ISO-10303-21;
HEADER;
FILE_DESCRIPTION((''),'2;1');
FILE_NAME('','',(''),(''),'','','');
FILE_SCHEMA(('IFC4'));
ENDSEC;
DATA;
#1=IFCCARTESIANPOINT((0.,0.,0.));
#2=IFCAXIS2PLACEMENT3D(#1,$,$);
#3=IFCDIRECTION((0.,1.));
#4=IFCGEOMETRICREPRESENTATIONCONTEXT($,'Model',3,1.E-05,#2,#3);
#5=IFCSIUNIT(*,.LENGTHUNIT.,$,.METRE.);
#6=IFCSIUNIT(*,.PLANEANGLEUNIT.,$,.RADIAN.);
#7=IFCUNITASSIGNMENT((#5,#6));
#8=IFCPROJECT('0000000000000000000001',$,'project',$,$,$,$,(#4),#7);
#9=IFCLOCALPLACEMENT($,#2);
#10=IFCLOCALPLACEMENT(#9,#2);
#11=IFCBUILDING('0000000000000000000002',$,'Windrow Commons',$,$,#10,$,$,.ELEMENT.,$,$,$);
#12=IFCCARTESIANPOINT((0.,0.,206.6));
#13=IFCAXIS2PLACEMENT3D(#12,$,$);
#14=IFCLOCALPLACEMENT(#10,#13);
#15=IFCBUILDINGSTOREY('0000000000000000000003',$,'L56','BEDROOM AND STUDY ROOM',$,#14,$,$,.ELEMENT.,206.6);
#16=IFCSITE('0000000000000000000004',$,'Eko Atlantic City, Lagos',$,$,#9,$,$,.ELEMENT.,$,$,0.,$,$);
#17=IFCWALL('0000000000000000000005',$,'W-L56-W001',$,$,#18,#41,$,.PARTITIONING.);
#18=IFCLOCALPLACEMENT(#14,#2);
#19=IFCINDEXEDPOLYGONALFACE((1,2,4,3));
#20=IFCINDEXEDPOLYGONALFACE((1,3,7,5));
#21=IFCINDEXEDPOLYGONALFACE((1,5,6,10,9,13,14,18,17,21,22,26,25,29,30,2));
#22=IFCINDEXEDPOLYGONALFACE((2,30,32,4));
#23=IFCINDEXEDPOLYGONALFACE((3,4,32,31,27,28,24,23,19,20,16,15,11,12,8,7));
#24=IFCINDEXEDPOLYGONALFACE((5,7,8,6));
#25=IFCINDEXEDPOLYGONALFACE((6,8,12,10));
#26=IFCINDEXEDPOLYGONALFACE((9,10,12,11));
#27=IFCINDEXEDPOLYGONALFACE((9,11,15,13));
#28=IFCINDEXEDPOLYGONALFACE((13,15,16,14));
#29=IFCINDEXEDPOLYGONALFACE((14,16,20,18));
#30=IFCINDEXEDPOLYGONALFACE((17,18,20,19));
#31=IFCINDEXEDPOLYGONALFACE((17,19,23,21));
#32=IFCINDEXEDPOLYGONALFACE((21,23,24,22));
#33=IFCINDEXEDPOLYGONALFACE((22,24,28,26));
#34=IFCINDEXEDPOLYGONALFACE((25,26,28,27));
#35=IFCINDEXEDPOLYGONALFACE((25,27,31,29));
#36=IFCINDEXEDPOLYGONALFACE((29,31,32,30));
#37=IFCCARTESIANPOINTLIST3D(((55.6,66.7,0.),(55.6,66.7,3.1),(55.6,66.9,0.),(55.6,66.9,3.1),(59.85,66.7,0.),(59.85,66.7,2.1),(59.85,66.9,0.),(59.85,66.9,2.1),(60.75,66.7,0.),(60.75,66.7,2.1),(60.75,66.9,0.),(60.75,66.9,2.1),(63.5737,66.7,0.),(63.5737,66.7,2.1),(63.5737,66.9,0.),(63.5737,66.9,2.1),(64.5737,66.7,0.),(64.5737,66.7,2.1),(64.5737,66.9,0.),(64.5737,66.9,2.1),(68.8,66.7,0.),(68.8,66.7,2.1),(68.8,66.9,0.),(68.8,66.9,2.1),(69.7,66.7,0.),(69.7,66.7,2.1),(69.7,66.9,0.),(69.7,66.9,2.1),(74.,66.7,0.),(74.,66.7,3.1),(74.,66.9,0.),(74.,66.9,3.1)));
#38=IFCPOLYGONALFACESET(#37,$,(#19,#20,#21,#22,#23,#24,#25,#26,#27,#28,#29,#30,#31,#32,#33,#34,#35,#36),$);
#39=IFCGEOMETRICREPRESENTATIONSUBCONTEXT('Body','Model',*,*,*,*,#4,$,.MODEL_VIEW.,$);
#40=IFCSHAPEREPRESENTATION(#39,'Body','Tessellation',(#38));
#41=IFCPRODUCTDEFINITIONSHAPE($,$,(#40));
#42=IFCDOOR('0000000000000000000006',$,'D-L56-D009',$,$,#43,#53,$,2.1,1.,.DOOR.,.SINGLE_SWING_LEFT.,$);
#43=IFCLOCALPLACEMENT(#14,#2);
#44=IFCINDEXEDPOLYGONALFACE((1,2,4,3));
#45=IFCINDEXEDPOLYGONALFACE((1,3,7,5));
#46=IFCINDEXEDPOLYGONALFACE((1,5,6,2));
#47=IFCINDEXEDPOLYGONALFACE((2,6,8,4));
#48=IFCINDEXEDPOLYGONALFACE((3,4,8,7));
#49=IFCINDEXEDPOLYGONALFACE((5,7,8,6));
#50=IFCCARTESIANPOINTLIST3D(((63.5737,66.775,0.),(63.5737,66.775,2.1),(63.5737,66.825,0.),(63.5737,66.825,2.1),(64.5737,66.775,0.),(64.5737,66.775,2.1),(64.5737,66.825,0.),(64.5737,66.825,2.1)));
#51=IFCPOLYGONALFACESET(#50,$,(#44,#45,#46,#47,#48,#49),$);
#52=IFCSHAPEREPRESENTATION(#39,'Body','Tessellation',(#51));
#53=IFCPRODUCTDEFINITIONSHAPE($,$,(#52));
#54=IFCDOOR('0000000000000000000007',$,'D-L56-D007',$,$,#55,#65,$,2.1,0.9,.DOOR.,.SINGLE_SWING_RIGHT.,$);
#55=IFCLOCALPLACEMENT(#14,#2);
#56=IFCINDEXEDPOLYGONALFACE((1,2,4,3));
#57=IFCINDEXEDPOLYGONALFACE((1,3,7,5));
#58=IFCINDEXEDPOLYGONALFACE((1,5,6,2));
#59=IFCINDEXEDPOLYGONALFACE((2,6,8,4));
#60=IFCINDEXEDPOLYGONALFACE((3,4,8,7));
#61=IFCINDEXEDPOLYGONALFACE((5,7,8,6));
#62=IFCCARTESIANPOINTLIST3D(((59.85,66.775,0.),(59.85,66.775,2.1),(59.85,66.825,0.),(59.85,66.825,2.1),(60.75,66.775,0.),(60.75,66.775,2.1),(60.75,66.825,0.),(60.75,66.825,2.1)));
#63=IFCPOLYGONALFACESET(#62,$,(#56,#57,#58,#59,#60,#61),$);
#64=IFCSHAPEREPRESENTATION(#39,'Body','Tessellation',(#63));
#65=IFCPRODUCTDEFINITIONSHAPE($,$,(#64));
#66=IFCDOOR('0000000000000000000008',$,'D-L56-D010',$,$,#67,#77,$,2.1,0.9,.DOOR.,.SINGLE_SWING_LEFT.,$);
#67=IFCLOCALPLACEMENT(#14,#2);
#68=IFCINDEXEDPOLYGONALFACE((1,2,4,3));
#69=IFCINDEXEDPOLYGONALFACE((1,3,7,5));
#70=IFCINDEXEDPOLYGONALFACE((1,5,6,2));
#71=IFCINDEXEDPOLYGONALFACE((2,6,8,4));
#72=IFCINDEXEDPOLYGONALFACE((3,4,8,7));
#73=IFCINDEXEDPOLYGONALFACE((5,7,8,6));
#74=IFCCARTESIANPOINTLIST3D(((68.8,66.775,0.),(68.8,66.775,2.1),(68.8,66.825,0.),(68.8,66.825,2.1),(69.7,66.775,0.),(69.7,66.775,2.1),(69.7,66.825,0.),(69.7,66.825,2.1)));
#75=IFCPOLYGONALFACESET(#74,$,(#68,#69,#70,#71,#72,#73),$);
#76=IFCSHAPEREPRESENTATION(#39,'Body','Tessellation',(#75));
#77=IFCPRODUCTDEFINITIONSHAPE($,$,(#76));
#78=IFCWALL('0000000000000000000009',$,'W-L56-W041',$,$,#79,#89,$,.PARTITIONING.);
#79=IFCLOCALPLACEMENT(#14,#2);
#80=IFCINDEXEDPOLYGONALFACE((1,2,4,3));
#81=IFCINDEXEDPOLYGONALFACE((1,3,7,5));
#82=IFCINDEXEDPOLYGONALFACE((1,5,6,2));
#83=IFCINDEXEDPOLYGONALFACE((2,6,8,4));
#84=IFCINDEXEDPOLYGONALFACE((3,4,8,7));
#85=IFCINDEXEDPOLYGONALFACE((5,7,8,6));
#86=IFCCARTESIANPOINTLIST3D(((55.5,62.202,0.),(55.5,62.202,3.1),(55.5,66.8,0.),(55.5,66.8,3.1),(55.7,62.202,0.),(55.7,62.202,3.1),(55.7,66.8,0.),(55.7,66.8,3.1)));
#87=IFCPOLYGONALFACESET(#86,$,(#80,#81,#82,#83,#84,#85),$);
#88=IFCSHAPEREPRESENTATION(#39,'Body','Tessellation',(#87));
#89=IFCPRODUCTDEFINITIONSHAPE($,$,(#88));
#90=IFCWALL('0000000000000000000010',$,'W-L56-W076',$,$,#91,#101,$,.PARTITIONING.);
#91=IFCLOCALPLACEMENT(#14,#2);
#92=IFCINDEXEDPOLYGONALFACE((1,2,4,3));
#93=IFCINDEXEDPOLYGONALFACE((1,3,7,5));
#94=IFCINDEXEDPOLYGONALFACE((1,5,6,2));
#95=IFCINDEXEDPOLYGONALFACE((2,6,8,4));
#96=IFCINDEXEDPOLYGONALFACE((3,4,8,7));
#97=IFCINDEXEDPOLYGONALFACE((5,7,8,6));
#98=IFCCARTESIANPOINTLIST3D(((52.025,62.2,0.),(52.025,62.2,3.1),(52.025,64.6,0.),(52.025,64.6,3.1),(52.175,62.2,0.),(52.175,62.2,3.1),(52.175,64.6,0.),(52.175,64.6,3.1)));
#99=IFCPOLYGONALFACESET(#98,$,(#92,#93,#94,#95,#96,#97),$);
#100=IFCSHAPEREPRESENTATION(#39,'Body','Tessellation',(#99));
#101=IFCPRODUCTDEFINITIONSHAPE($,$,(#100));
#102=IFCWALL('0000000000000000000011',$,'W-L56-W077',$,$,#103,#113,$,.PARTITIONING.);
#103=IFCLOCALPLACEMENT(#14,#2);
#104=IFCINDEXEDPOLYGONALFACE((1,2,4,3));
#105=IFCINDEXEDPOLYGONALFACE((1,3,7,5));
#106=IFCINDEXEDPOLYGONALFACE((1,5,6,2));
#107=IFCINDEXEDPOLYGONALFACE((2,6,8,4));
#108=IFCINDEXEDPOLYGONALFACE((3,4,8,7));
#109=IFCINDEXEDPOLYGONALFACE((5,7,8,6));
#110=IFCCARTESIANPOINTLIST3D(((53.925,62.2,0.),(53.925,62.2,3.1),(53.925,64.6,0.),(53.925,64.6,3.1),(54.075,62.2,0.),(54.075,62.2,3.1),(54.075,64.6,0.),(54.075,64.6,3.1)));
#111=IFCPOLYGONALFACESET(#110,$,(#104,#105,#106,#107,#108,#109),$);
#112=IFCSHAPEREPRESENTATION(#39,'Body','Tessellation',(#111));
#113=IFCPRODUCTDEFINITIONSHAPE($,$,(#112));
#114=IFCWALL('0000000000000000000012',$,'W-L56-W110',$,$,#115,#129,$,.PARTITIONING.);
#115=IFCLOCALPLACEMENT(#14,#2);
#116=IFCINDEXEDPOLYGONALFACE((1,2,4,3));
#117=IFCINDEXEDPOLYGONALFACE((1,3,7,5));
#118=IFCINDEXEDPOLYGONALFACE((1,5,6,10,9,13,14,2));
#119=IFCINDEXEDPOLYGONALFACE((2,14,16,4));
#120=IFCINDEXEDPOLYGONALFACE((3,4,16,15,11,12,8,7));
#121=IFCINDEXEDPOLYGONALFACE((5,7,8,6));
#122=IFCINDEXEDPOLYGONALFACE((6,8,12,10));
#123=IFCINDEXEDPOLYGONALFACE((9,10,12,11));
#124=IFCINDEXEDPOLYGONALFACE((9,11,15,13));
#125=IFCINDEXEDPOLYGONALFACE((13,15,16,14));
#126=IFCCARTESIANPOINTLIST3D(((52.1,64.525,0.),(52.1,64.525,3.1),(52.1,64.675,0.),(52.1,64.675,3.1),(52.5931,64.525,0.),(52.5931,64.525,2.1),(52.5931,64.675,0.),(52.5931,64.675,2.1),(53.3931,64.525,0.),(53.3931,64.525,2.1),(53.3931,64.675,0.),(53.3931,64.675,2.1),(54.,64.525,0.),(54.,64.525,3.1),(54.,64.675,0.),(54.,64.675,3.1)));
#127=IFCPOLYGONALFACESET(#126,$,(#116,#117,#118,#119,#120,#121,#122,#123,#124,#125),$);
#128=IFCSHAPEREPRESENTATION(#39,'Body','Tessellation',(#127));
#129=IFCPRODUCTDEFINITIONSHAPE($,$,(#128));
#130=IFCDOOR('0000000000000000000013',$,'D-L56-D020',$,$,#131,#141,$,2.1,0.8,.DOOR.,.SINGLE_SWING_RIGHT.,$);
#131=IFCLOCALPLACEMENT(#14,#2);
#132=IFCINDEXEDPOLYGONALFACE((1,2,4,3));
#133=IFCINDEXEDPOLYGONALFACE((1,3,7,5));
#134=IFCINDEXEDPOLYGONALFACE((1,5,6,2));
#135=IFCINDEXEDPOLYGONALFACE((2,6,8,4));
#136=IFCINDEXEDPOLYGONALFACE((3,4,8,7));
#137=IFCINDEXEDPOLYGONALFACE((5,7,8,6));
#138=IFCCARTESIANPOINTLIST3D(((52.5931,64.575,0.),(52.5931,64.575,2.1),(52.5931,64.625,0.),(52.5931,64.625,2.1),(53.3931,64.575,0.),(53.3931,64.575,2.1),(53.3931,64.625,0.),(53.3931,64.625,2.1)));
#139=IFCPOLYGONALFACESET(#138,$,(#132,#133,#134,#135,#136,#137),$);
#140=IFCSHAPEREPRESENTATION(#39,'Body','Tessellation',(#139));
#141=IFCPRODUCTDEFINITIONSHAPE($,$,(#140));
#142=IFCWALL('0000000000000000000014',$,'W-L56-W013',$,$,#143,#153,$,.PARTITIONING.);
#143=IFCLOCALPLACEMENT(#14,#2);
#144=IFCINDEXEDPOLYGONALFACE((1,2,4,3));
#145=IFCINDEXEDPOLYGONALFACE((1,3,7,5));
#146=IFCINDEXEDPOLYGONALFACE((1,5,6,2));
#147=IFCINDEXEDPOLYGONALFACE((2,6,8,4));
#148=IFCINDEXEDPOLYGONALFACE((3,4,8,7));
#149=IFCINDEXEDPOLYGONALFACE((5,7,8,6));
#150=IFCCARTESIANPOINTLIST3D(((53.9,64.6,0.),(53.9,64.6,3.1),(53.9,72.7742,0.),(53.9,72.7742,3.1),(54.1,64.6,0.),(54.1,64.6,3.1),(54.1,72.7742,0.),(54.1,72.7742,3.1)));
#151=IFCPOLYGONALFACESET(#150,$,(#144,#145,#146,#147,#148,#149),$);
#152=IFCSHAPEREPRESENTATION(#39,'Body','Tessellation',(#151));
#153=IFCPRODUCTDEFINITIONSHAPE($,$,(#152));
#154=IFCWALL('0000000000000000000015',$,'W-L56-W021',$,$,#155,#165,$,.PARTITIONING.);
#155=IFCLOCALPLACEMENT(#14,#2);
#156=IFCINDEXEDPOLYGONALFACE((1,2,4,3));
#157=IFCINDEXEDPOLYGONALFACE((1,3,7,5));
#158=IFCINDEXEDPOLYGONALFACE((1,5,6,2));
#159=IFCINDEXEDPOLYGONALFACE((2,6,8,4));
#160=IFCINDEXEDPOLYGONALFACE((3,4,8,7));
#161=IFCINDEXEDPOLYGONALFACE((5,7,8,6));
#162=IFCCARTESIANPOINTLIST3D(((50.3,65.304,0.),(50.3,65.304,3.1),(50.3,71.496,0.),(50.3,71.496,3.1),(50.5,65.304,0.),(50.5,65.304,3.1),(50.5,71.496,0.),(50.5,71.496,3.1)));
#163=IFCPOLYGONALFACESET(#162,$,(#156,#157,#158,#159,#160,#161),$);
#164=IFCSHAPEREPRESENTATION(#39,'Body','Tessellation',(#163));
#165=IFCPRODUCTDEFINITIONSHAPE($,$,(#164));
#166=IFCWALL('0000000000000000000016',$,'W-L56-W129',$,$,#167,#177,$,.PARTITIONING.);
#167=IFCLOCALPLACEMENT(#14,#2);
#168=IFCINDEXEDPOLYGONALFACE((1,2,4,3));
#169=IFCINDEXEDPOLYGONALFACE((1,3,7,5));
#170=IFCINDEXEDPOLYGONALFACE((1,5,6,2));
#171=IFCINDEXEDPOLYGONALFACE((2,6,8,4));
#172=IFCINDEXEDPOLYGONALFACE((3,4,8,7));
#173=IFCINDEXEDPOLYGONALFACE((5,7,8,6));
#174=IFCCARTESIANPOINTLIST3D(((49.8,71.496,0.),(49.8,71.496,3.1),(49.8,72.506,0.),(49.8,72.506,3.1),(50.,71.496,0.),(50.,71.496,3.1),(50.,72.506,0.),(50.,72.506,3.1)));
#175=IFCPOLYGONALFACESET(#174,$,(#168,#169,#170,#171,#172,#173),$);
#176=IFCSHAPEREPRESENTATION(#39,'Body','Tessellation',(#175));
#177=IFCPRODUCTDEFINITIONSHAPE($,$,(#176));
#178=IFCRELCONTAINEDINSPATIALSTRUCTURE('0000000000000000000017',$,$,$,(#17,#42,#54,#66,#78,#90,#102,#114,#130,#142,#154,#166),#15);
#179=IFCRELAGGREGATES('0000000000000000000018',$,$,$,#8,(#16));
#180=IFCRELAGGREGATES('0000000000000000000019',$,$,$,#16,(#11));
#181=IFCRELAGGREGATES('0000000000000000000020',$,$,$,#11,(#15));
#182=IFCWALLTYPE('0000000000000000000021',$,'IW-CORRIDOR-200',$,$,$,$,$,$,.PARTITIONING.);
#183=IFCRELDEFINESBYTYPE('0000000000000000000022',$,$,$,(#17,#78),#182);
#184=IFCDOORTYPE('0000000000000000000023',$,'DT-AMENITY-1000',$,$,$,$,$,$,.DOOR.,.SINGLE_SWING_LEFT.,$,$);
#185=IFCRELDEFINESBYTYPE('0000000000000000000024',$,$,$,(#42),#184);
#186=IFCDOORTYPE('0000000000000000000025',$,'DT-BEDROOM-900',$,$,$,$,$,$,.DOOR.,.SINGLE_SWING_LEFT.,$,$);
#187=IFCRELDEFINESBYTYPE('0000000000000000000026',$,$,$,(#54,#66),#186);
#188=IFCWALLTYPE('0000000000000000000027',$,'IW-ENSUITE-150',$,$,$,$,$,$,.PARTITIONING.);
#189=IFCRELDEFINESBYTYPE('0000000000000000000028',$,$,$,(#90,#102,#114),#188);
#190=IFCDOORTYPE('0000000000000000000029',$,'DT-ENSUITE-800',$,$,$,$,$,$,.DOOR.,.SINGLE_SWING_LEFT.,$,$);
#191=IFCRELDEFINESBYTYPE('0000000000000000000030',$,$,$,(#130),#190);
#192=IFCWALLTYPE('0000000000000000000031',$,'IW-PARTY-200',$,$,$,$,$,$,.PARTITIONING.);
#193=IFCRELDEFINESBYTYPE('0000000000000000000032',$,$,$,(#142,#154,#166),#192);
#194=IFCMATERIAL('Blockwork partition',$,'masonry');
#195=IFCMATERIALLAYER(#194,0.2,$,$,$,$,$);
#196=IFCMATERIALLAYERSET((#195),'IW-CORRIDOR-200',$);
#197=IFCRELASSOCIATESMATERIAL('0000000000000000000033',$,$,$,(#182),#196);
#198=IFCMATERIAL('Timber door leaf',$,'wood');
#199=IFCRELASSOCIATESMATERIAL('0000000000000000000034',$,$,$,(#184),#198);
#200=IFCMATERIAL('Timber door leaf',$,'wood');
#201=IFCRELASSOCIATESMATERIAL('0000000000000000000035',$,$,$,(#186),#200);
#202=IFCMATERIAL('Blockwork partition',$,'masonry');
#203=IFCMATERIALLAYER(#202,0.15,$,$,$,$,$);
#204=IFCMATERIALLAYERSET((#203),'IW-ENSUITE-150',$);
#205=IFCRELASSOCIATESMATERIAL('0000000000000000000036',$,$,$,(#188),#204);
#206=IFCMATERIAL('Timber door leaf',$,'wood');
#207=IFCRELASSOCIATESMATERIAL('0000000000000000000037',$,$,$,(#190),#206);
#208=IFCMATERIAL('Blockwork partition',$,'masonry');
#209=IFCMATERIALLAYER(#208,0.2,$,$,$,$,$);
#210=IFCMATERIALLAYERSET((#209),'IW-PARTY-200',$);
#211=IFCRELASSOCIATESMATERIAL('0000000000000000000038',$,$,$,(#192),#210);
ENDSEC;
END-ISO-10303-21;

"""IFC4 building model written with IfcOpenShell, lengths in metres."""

from ifc_helpers import new_model, si_unit, direction, frame, frame_2d, origin, place, context, subcontext, project, spatial, rectangle, extrude, material, layer, layer_set, type_object, element, fill, save


model = new_model("IFC4")

# Units and contexts
model_context = context("Model", 3, precision=1e-05, world=origin(), true_north=direction((0.0, 1.0)))
body_context = subcontext(model_context, "Body", "Model", "MODEL_VIEW")
ifc_project = project(units=[si_unit("LENGTHUNIT", "METRE"), si_unit("PLANEANGLEUNIT", "RADIAN")], contexts=[model_context])

# Site, building, storey
site_placement = place(None, origin())
site = spatial("IfcSite", under=ifc_project, at=site_placement, Name="Eko Atlantic City, Lagos", CompositionType="ELEMENT", RefElevation=0.0)
building_placement = place(site_placement, origin())
building = spatial("IfcBuilding", under=site, at=building_placement, Name="Windrow Commons", CompositionType="ELEMENT")
storey_placement = place(building_placement, frame((0.0, 0.0, 206.6)))
storey = spatial("IfcBuildingStorey", under=building, at=storey_placement, Name="L56", Description="BEDROOM AND STUDY ROOM", CompositionType="ELEMENT", Elevation=206.6)

# Wall, openings, doors
ifc_material_1 = material(Name="Blockwork partition", Category="masonry")
ifc_layer_1 = layer(ifc_material_1, 0.2)
ifc_layer_set_1 = layer_set([ifc_layer_1], Name="IW-CORRIDOR-200")
wall_type_1 = type_object("IfcWallType", Name="IW-CORRIDOR-200", PredefinedType="PARTITIONING", material=ifc_layer_set_1)
wall_1_placement = place(storey_placement, frame((55.6, 66.8, 0.0), z_axis=(0.0, 0.0, 1.0), x_axis=(1.0, 0.0, 0.0)))
wall_1 = element("IfcWall", 1, at=wall_1_placement, inside=storey, type_object=wall_type_1, Name="W-L56-W001", PredefinedType="PARTITIONING", context=body_context, shape_type="SweptSolid", body=[
    extrude(rectangle(XDim=18.4, YDim=0.2, at=frame_2d((9.2, 0.0))), origin(), (0.0, 0.0, 1.0), 3.1),
])
opening_1_placement = place(wall_1_placement, frame((4.25, 0.0, 0.0)))
opening_1 = element("IfcOpeningElement", 2, at=opening_1_placement, cuts=wall_1, PredefinedType="OPENING", context=body_context, shape_type="SweptSolid", body=[
    extrude(rectangle(XDim=0.9, YDim=2.1, at=frame_2d((0.45, 1.05))), frame((0.0, 0.11, 0.0), z_axis=(0.0, -1.0, 0.0), x_axis=(1.0, 0.0, 0.0)), (0.0, 0.0, 1.0), 0.22),
])
opening_2_placement = place(wall_1_placement, frame((7.9737, 0.0, 0.0)))
opening_2 = element("IfcOpeningElement", 3, at=opening_2_placement, cuts=wall_1, PredefinedType="OPENING", context=body_context, shape_type="SweptSolid", body=[
    extrude(rectangle(XDim=1.0, YDim=2.1, at=frame_2d((0.5, 1.05))), frame((0.0, 0.11, 0.0), z_axis=(0.0, -1.0, 0.0), x_axis=(1.0, 0.0, 0.0)), (0.0, 0.0, 1.0), 0.22),
])
opening_3_placement = place(wall_1_placement, frame((13.2, 0.0, 0.0)))
opening_3 = element("IfcOpeningElement", 4, at=opening_3_placement, cuts=wall_1, PredefinedType="OPENING", context=body_context, shape_type="SweptSolid", body=[
    extrude(rectangle(XDim=0.9, YDim=2.1, at=frame_2d((0.45, 1.05))), frame((0.0, 0.11, 0.0), z_axis=(0.0, -1.0, 0.0), x_axis=(1.0, 0.0, 0.0)), (0.0, 0.0, 1.0), 0.22),
])
ifc_material_2 = material(Name="Timber door leaf", Category="wood")
door_type_1 = type_object("IfcDoorType", Name="DT-AMENITY-1000", OperationType="SINGLE_SWING_LEFT", PredefinedType="DOOR", material=ifc_material_2)
door_1_placement = place(opening_2_placement, origin())
door_1 = element("IfcDoor", 5, at=door_1_placement, inside=storey, type_object=door_type_1, Name="D-L56-D009", OperationType="SINGLE_SWING_LEFT", OverallHeight=2.1, OverallWidth=1.0, PredefinedType="DOOR", context=body_context, shape_type="SweptSolid", body=[
    extrude(rectangle(XDim=1.0, YDim=2.1, at=frame_2d((0.5, 1.05))), frame((0.0, 0.025, 0.0), z_axis=(0.0, -1.0, 0.0), x_axis=(1.0, 0.0, 0.0)), (0.0, 0.0, 1.0), 0.05),
])
fill(opening_2, door_1)
ifc_material_3 = material(Name="Timber door leaf", Category="wood")
door_type_2 = type_object("IfcDoorType", Name="DT-BEDROOM-900", OperationType="SINGLE_SWING_LEFT", PredefinedType="DOOR", material=ifc_material_3)
door_2_placement = place(opening_1_placement, origin())
door_2 = element("IfcDoor", 6, at=door_2_placement, inside=storey, type_object=door_type_2, Name="D-L56-D007", OperationType="SINGLE_SWING_RIGHT", OverallHeight=2.1, OverallWidth=0.9, PredefinedType="DOOR", context=body_context, shape_type="SweptSolid", body=[
    extrude(rectangle(XDim=0.9, YDim=2.1, at=frame_2d((0.45, 1.05))), frame((0.0, 0.025, 0.0), z_axis=(0.0, -1.0, 0.0), x_axis=(1.0, 0.0, 0.0)), (0.0, 0.0, 1.0), 0.05),
])
fill(opening_1, door_2)
door_3_placement = place(opening_3_placement, origin())
door_3 = element("IfcDoor", 7, at=door_3_placement, inside=storey, type_object=door_type_2, Name="D-L56-D010", OperationType="SINGLE_SWING_LEFT", OverallHeight=2.1, OverallWidth=0.9, PredefinedType="DOOR", context=body_context, shape_type="SweptSolid", body=[
    extrude(rectangle(XDim=0.9, YDim=2.1, at=frame_2d((0.45, 1.05))), frame((0.0, 0.025, 0.0), z_axis=(0.0, -1.0, 0.0), x_axis=(1.0, 0.0, 0.0)), (0.0, 0.0, 1.0), 0.05),
])
fill(opening_3, door_3)

# Walls
wall_2_placement = place(storey_placement, frame((55.6, 62.202, 0.0), z_axis=(0.0, 0.0, 1.0), x_axis=(0.0, 1.0, 0.0)))
element("IfcWall", 8, at=wall_2_placement, inside=storey, type_object=wall_type_1, Name="W-L56-W041", PredefinedType="PARTITIONING", context=body_context, shape_type="SweptSolid", body=[
    extrude(rectangle(XDim=4.598, YDim=0.2, at=frame_2d((2.299, 0.0))), origin(), (0.0, 0.0, 1.0), 3.1),
])
ifc_material_4 = material(Name="Blockwork partition", Category="masonry")
ifc_layer_2 = layer(ifc_material_4, 0.15)
ifc_layer_set_2 = layer_set([ifc_layer_2], Name="IW-ENSUITE-150")
wall_type_2 = type_object("IfcWallType", Name="IW-ENSUITE-150", PredefinedType="PARTITIONING", material=ifc_layer_set_2)
for number, where, z_axis, x_axis, name in (
    (9, (52.1, 62.2, 0.0), (0.0, 0.0, 1.0), (0.0, 1.0, 0.0), "W-L56-W076"),
    (10, (54.0, 62.2, 0.0), (0.0, 0.0, 1.0), (0.0, 1.0, 0.0), "W-L56-W077"),
):
    element("IfcWall", number, at=place(storey_placement, frame(where, z_axis=z_axis, x_axis=x_axis)), inside=storey, type_object=wall_type_2, Name=name, PredefinedType="PARTITIONING", context=body_context, shape_type="SweptSolid", body=[
        extrude(rectangle(XDim=2.4, YDim=0.15, at=frame_2d((1.2, 0.0))), origin(), (0.0, 0.0, 1.0), 3.1),
    ])

# Wall, opening, door
wall_3_placement = place(storey_placement, frame((52.1, 64.6, 0.0), z_axis=(0.0, 0.0, 1.0), x_axis=(1.0, 0.0, 0.0)))
wall_3 = element("IfcWall", 11, at=wall_3_placement, inside=storey, type_object=wall_type_2, Name="W-L56-W110", PredefinedType="PARTITIONING", context=body_context, shape_type="SweptSolid", body=[
    extrude(rectangle(XDim=1.9, YDim=0.15, at=frame_2d((0.95, 0.0))), origin(), (0.0, 0.0, 1.0), 3.1),
])
opening_4_placement = place(wall_3_placement, frame((0.4931, 0.0, 0.0)))
opening_4 = element("IfcOpeningElement", 12, at=opening_4_placement, cuts=wall_3, PredefinedType="OPENING", context=body_context, shape_type="SweptSolid", body=[
    extrude(rectangle(XDim=0.8, YDim=2.1, at=frame_2d((0.4, 1.05))), frame((0.0, 0.085, 0.0), z_axis=(0.0, -1.0, 0.0), x_axis=(1.0, 0.0, 0.0)), (0.0, 0.0, 1.0), 0.17),
])
ifc_material_5 = material(Name="Timber door leaf", Category="wood")
door_type_3 = type_object("IfcDoorType", Name="DT-ENSUITE-800", OperationType="SINGLE_SWING_LEFT", PredefinedType="DOOR", material=ifc_material_5)
door_4_placement = place(opening_4_placement, origin())
door_4 = element("IfcDoor", 13, at=door_4_placement, inside=storey, type_object=door_type_3, Name="D-L56-D020", OperationType="SINGLE_SWING_RIGHT", OverallHeight=2.1, OverallWidth=0.8, PredefinedType="DOOR", context=body_context, shape_type="SweptSolid", body=[
    extrude(rectangle(XDim=0.8, YDim=2.1, at=frame_2d((0.4, 1.05))), frame((0.0, 0.025, 0.0), z_axis=(0.0, -1.0, 0.0), x_axis=(1.0, 0.0, 0.0)), (0.0, 0.0, 1.0), 0.05),
])
fill(opening_4, door_4)

# Walls
ifc_material_6 = material(Name="Blockwork partition", Category="masonry")
ifc_layer_3 = layer(ifc_material_6, 0.2)
ifc_layer_set_3 = layer_set([ifc_layer_3], Name="IW-PARTY-200")
wall_type_3 = type_object("IfcWallType", Name="IW-PARTY-200", PredefinedType="PARTITIONING", material=ifc_layer_set_3)
wall_4_placement = place(storey_placement, frame((54.0, 64.6, 0.0), z_axis=(0.0, 0.0, 1.0), x_axis=(0.0, 1.0, 0.0)))
element("IfcWall", 14, at=wall_4_placement, inside=storey, type_object=wall_type_3, Name="W-L56-W013", PredefinedType="PARTITIONING", context=body_context, shape_type="SweptSolid", body=[
    extrude(rectangle(XDim=8.1742, YDim=0.2, at=frame_2d((4.0871, 0.0))), origin(), (0.0, 0.0, 1.0), 3.1),
])
wall_5_placement = place(storey_placement, frame((50.4, 65.304, 0.0), z_axis=(0.0, 0.0, 1.0), x_axis=(0.0, 1.0, 0.0)))
element("IfcWall", 15, at=wall_5_placement, inside=storey, type_object=wall_type_3, Name="W-L56-W021", PredefinedType="PARTITIONING", context=body_context, shape_type="SweptSolid", body=[
    extrude(rectangle(XDim=6.192, YDim=0.2, at=frame_2d((3.096, 0.0))), origin(), (0.0, 0.0, 1.0), 3.1),
])
wall_6_placement = place(storey_placement, frame((49.9, 71.496, 0.0), z_axis=(0.0, 0.0, 1.0), x_axis=(0.0, 1.0, 0.0)))
element("IfcWall", 16, at=wall_6_placement, inside=storey, type_object=wall_type_3, Name="W-L56-W129", PredefinedType="PARTITIONING", context=body_context, shape_type="SweptSolid", body=[
    extrude(rectangle(XDim=1.01, YDim=0.2, at=frame_2d((0.505, 0.0))), origin(), (0.0, 0.0, 1.0), 3.1),
])

save(model, "model.ifc")
